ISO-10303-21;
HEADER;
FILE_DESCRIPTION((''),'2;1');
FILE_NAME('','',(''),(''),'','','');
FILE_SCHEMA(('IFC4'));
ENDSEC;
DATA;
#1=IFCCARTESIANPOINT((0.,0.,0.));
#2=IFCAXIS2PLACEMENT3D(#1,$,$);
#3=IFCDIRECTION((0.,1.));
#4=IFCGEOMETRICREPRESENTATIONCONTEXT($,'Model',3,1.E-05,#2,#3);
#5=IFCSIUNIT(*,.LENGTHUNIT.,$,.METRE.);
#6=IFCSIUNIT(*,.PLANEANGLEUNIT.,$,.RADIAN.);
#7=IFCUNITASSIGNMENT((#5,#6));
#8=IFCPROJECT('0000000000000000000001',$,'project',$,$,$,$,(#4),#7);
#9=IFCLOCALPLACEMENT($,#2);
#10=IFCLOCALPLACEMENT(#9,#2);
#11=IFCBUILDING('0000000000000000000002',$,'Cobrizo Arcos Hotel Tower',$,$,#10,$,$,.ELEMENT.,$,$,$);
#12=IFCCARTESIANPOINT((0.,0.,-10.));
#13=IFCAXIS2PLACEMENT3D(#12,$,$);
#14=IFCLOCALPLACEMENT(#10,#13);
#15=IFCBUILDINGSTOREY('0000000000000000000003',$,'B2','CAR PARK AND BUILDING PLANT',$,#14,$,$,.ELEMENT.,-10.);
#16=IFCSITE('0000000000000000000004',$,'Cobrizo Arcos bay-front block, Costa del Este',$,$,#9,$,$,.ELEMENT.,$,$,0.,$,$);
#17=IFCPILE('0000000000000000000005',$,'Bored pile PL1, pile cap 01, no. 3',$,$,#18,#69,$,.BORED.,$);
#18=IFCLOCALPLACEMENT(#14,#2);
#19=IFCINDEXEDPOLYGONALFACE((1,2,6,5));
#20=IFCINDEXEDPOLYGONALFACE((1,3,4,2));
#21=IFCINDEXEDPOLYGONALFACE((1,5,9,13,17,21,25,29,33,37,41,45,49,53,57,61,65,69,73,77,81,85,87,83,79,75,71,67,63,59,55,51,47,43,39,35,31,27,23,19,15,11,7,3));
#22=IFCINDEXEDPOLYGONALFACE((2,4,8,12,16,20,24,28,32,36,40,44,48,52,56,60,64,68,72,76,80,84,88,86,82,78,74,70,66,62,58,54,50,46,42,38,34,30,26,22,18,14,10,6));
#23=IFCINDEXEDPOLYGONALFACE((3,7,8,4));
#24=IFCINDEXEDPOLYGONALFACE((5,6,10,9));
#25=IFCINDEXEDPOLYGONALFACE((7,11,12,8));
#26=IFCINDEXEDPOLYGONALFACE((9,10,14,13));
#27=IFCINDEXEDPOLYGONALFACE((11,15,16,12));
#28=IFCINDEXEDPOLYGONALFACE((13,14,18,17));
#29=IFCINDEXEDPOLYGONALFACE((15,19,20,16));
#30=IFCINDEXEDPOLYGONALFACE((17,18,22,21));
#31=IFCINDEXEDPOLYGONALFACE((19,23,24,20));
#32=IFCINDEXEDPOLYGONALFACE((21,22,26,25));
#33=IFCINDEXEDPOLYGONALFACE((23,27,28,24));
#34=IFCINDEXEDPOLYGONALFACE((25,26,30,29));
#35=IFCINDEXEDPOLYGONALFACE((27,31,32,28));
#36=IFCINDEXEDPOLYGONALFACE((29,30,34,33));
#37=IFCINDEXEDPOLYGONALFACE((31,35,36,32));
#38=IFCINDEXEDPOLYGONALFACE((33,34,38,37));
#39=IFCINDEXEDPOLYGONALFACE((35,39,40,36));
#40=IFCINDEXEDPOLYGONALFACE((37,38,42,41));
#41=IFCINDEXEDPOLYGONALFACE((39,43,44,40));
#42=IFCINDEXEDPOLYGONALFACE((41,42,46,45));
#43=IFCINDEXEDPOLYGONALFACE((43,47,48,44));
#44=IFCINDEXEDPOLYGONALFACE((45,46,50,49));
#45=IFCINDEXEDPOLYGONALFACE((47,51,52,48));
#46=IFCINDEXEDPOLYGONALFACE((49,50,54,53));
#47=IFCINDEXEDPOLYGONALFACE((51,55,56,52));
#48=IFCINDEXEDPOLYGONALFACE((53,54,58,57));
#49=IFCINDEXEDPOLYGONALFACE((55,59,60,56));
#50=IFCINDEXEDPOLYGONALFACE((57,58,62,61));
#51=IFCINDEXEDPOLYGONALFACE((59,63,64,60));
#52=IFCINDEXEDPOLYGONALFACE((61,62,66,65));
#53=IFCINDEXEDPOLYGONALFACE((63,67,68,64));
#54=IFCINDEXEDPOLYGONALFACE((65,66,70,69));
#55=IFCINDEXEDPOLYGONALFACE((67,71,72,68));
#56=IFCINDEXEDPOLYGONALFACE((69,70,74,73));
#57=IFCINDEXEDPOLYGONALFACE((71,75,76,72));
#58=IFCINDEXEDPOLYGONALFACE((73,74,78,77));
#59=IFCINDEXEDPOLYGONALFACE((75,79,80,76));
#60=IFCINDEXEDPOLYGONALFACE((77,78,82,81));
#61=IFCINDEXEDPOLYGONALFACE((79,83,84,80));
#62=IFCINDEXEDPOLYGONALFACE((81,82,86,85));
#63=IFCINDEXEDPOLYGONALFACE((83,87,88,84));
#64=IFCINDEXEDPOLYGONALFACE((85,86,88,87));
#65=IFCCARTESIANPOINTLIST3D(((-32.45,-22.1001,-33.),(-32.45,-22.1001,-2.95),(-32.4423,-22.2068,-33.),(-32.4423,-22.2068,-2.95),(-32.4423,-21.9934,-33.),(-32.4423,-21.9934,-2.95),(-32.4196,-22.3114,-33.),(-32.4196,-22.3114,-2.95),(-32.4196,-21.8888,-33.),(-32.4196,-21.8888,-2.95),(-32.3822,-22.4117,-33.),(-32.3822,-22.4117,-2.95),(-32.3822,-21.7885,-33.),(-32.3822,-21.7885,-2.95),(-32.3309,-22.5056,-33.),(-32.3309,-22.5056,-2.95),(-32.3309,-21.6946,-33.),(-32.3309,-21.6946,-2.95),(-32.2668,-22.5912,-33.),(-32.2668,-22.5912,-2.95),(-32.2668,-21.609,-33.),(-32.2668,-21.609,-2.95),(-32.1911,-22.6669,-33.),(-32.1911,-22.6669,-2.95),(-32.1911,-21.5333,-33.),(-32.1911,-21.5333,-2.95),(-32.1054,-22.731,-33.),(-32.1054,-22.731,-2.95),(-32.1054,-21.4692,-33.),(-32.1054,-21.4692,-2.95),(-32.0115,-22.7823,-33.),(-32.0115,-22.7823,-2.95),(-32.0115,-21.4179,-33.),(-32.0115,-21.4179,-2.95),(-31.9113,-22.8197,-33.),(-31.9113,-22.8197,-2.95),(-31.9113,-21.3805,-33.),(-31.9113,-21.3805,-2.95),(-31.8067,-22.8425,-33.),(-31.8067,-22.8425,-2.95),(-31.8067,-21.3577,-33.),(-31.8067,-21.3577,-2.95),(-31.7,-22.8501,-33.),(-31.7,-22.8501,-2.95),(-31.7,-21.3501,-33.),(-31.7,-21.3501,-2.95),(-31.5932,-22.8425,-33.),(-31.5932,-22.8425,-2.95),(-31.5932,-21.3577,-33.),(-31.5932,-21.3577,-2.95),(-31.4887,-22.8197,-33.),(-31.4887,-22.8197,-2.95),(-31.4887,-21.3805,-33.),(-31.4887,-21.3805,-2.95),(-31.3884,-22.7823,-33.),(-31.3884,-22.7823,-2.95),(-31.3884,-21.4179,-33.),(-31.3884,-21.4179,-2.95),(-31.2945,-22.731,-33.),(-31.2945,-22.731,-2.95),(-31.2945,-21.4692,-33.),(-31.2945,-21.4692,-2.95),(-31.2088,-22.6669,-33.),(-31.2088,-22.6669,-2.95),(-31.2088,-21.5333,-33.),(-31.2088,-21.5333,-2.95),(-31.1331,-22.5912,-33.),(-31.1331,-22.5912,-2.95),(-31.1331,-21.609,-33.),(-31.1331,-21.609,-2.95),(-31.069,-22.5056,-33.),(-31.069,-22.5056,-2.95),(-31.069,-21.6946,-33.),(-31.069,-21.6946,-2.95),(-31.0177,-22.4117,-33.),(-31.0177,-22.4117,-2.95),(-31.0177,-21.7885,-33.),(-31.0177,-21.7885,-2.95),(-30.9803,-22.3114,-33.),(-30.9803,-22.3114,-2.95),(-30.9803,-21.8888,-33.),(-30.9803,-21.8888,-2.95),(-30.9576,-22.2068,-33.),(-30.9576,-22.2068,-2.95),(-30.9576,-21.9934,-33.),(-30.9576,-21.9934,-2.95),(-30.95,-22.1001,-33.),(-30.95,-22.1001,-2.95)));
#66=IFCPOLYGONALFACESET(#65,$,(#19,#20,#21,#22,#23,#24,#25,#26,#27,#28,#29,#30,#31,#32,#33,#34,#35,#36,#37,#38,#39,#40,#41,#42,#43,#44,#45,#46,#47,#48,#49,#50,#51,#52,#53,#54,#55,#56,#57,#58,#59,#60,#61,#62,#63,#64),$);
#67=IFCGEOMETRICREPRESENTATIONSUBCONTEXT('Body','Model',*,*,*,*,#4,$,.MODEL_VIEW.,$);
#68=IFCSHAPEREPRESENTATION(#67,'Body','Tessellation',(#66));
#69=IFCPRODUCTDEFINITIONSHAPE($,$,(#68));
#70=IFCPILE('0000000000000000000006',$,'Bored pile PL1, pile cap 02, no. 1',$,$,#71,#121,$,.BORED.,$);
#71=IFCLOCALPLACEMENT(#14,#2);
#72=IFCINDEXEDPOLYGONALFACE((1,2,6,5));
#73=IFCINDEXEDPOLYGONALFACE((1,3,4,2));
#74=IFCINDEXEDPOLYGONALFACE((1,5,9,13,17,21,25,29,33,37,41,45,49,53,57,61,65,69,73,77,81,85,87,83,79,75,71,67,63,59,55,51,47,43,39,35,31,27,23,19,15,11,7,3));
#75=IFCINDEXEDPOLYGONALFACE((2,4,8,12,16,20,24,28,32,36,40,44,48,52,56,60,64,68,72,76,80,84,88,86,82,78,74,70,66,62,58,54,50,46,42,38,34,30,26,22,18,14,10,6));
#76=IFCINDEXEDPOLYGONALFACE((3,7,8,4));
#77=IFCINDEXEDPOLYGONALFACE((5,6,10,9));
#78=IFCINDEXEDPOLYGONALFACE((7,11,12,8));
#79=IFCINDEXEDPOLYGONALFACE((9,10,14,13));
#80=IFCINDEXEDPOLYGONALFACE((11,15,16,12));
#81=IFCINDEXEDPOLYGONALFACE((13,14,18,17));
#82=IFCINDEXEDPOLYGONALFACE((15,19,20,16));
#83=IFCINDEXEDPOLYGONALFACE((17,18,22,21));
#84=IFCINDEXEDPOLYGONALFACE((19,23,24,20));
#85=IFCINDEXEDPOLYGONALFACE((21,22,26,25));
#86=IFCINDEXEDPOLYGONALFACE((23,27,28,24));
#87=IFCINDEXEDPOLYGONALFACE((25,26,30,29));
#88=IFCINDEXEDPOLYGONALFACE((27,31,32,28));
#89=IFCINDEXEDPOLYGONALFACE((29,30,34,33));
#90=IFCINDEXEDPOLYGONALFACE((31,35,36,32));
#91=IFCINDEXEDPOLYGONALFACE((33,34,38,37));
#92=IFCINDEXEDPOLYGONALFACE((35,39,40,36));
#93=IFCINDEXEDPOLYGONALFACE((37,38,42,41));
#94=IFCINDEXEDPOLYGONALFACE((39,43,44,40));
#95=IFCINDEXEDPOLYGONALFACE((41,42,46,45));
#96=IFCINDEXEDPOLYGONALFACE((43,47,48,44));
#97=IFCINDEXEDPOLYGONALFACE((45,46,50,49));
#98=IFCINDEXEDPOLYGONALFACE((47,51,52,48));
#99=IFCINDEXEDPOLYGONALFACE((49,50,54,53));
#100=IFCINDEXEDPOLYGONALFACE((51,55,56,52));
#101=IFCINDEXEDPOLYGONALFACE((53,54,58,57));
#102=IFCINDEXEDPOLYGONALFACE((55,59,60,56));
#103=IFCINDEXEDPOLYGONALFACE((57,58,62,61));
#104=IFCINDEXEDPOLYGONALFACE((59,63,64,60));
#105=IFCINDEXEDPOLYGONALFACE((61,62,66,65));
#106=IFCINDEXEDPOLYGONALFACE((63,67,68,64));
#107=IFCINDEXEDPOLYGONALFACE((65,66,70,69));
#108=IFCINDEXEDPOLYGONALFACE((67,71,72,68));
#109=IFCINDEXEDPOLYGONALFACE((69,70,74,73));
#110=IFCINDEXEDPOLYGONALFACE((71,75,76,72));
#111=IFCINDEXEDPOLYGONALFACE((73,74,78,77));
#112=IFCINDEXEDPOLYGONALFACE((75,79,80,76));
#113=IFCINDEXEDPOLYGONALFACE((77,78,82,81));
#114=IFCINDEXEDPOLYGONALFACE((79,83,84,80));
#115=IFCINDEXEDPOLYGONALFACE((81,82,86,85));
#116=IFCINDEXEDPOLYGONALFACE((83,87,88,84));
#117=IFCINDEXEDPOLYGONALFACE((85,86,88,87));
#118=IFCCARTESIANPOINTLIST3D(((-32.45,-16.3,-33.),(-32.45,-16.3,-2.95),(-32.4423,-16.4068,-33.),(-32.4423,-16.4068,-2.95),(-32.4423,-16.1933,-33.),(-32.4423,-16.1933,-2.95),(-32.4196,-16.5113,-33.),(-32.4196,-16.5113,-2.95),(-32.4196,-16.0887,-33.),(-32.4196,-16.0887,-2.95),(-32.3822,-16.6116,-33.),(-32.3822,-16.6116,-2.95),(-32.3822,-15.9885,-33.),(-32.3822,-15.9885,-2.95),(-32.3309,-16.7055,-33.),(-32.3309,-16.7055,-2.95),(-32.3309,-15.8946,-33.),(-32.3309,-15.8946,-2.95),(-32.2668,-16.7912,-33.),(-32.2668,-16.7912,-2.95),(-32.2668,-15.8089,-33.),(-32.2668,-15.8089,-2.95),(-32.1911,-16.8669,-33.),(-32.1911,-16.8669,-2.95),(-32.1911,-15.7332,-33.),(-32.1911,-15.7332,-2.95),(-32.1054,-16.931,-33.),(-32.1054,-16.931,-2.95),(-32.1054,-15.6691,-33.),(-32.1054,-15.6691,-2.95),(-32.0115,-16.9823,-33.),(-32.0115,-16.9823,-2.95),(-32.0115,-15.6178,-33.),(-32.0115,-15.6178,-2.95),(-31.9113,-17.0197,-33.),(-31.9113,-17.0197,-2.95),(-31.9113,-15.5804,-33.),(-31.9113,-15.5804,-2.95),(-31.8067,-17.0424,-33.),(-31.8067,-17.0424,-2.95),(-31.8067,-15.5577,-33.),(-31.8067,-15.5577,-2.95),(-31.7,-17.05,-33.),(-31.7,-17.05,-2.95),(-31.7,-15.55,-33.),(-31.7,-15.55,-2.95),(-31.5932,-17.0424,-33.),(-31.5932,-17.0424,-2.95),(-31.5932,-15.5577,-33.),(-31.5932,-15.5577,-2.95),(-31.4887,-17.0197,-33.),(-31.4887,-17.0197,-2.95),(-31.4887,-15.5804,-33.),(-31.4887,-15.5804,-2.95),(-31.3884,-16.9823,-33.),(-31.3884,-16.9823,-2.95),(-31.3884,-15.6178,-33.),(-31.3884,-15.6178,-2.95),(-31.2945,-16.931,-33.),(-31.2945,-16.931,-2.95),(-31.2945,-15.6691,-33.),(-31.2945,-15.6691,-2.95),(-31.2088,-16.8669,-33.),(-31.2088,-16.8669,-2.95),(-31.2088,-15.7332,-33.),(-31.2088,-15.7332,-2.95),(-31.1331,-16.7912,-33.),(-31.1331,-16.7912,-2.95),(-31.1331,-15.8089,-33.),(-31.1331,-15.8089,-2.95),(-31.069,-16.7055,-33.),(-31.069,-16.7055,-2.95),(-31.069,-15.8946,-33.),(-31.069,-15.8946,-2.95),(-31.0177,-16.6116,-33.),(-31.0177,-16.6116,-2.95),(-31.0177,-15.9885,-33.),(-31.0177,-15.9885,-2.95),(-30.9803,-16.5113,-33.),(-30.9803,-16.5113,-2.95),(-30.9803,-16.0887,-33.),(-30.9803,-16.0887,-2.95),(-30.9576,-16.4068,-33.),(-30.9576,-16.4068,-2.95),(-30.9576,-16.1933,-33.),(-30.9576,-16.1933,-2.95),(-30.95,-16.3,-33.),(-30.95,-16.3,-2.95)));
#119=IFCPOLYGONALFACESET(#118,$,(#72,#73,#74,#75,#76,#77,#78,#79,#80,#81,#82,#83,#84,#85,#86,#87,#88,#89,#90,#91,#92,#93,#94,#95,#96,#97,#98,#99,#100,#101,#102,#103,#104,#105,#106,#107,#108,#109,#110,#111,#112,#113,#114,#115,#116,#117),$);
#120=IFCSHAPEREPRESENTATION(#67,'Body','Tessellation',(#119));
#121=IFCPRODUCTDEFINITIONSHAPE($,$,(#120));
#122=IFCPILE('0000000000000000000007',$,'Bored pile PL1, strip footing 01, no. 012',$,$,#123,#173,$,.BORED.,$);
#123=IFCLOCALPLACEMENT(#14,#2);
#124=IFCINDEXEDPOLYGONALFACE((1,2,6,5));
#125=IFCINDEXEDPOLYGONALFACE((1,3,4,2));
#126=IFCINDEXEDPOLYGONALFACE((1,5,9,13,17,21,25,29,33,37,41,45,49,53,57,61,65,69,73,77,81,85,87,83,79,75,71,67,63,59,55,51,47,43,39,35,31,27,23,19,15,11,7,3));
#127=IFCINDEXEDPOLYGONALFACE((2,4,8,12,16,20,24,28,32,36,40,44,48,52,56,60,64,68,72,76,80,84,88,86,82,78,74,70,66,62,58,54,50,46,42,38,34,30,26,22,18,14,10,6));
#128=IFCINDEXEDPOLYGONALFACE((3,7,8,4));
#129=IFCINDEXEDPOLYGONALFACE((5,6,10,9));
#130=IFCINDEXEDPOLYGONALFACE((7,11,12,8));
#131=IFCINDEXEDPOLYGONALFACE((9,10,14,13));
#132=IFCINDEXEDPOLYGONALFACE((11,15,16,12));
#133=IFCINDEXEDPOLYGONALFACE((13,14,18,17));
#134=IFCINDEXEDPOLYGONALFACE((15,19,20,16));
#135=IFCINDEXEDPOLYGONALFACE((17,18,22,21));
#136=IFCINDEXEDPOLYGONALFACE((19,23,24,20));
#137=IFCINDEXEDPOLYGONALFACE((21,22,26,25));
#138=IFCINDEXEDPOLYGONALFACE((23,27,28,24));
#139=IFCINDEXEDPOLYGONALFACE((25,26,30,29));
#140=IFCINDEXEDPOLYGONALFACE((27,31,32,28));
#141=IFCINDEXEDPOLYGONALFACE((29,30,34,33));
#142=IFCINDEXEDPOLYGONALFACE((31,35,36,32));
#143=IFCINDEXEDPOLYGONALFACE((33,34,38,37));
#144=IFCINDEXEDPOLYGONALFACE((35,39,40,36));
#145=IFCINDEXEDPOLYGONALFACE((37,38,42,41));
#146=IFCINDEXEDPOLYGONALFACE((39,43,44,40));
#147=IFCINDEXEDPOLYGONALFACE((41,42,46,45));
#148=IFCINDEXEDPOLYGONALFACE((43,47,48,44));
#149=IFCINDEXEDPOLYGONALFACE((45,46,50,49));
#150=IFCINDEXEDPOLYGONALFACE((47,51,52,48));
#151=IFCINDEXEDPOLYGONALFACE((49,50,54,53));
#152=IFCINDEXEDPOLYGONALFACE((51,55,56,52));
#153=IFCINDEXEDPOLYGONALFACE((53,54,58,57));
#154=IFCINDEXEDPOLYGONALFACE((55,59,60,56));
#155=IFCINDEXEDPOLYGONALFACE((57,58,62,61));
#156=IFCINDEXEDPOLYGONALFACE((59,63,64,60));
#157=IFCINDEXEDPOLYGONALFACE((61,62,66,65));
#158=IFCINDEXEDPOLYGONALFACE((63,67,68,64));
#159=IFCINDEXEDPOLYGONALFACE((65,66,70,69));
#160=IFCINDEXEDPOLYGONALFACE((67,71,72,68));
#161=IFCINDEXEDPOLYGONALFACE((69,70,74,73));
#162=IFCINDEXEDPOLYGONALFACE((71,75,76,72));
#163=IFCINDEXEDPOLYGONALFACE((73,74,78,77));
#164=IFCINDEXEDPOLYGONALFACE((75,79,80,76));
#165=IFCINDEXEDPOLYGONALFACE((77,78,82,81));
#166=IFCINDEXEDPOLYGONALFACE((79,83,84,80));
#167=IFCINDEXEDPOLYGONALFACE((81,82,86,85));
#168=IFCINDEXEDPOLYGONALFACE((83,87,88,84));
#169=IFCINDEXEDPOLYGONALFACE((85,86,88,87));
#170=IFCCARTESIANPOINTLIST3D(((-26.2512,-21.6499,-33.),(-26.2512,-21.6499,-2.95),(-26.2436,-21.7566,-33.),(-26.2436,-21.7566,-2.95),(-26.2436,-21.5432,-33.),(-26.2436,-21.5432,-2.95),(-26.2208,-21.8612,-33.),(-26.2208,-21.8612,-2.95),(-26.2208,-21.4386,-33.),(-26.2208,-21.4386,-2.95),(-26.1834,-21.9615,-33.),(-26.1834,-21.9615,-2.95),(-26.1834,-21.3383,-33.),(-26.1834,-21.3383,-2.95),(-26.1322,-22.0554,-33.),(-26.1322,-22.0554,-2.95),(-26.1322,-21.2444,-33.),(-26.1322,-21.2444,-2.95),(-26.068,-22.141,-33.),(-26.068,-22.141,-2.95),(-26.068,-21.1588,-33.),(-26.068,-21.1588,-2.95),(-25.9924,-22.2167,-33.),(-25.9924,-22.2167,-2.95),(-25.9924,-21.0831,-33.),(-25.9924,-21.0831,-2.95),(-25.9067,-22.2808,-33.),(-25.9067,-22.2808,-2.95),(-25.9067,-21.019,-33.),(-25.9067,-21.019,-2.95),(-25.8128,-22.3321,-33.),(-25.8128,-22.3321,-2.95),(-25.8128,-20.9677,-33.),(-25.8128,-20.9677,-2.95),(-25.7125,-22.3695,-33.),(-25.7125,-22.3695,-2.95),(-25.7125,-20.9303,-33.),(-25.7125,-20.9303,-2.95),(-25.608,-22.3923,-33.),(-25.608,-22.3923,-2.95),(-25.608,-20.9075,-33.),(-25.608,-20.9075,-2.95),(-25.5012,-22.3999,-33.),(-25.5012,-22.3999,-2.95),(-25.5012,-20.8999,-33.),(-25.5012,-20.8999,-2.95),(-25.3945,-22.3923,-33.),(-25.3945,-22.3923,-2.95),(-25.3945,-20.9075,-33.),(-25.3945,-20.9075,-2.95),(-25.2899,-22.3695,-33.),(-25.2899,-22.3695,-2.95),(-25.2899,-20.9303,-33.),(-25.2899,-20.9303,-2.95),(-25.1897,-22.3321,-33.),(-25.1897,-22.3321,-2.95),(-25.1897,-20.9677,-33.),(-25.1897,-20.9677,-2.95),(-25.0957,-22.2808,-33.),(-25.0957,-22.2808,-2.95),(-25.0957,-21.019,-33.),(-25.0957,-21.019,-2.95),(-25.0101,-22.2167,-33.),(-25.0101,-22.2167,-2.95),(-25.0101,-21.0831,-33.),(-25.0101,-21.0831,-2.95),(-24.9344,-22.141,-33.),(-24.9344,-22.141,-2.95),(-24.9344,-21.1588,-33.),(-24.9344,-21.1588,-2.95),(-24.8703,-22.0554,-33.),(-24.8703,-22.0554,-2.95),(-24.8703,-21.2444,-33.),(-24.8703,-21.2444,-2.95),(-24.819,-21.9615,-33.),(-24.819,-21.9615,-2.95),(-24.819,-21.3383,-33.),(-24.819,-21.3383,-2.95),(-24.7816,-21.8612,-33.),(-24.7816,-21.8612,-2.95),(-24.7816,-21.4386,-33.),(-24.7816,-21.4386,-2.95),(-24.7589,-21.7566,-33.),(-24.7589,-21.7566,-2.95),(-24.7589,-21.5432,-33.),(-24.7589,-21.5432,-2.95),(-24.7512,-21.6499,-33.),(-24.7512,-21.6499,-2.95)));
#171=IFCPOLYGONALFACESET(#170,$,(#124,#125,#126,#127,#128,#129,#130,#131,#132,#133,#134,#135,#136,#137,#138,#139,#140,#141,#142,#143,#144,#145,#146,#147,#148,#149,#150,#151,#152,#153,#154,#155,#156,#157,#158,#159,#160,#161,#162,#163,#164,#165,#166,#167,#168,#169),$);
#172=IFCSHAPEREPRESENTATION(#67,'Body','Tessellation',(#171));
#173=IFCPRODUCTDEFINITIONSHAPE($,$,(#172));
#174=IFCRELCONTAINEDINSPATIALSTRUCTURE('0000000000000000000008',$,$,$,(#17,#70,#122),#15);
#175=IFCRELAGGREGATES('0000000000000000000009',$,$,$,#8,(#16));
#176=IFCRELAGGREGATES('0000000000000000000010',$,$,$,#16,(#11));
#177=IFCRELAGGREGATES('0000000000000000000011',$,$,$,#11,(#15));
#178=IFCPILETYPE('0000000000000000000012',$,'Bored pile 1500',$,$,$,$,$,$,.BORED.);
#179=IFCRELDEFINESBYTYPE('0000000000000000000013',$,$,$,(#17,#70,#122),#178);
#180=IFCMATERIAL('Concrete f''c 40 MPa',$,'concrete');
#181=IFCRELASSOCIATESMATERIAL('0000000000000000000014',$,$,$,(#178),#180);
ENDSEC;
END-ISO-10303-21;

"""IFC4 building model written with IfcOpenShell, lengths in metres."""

from ifc_helpers import new_model, si_unit, direction, frame, origin, origin_2d, place, context, subcontext, project, spatial, circle, extrude, material, material_profile, profile_set, type_object, element, save


model = new_model("IFC4")

# Units and contexts
model_context = context("Model", 3, precision=1e-05, world=origin(), true_north=direction((0.0, 1.0)))
body_context = subcontext(model_context, "Body", "Model", "MODEL_VIEW")
ifc_project = project(units=[si_unit("LENGTHUNIT", "METRE"), si_unit("PLANEANGLEUNIT", "RADIAN")], contexts=[model_context])

# Site, building, storey
site_placement = place(None, origin())
site = spatial("IfcSite", under=ifc_project, at=site_placement, Name="Cobrizo Arcos bay-front block, Costa del Este", CompositionType="ELEMENT", RefElevation=0.0)
building_placement = place(site_placement, origin())
building = spatial("IfcBuilding", under=site, at=building_placement, Name="Cobrizo Arcos Hotel Tower", CompositionType="ELEMENT")
storey_placement = place(building_placement, frame((0.0, 0.0, -10.0)))
storey = spatial("IfcBuildingStorey", under=building, at=storey_placement, Name="B2", Description="CAR PARK AND BUILDING PLANT", CompositionType="ELEMENT", Elevation=-10.0)

# Piles
ifc_material_1 = material(Name="Concrete f'c 40 MPa", Category="concrete")
ifc_material_profile_1 = material_profile(ifc_material_1, circle(Radius=0.75, at=origin_2d()), Name="BORED PILE 1500")
ifc_profile_set_1 = profile_set([ifc_material_profile_1], Name="Concrete f'c 40 MPa")
pile_type = type_object("IfcPileType", Name="Bored pile 1500", PredefinedType="BORED", material=ifc_profile_set_1)
for number, where, z_axis, x_axis, name in (
    (1, (-31.7, -22.1001, -2.95), (0.0, 0.0, -1.0), (1.0, 0.0, 0.0), "Bored pile PL1, pile cap 01, no. 3"),
    (2, (-31.7, -16.3, -2.95), (0.0, 0.0, -1.0), (1.0, 0.0, 0.0), "Bored pile PL1, pile cap 02, no. 1"),
    (3, (-25.5012, -21.6499, -2.95), (0.0, 0.0, -1.0), (1.0, 0.0, 0.0), "Bored pile PL1, strip footing 01, no. 012"),
):
    element("IfcPile", number, at=place(storey_placement, frame(where, z_axis=z_axis, x_axis=x_axis)), inside=storey, type_object=pile_type, Name=name, PredefinedType="BORED", context=body_context, shape_type="SweptSolid", body=[
        extrude(circle(Radius=0.75, at=origin_2d()), origin(), (0.0, 0.0, 1.0), 30.05),
    ])

save(model, "model.ifc")
